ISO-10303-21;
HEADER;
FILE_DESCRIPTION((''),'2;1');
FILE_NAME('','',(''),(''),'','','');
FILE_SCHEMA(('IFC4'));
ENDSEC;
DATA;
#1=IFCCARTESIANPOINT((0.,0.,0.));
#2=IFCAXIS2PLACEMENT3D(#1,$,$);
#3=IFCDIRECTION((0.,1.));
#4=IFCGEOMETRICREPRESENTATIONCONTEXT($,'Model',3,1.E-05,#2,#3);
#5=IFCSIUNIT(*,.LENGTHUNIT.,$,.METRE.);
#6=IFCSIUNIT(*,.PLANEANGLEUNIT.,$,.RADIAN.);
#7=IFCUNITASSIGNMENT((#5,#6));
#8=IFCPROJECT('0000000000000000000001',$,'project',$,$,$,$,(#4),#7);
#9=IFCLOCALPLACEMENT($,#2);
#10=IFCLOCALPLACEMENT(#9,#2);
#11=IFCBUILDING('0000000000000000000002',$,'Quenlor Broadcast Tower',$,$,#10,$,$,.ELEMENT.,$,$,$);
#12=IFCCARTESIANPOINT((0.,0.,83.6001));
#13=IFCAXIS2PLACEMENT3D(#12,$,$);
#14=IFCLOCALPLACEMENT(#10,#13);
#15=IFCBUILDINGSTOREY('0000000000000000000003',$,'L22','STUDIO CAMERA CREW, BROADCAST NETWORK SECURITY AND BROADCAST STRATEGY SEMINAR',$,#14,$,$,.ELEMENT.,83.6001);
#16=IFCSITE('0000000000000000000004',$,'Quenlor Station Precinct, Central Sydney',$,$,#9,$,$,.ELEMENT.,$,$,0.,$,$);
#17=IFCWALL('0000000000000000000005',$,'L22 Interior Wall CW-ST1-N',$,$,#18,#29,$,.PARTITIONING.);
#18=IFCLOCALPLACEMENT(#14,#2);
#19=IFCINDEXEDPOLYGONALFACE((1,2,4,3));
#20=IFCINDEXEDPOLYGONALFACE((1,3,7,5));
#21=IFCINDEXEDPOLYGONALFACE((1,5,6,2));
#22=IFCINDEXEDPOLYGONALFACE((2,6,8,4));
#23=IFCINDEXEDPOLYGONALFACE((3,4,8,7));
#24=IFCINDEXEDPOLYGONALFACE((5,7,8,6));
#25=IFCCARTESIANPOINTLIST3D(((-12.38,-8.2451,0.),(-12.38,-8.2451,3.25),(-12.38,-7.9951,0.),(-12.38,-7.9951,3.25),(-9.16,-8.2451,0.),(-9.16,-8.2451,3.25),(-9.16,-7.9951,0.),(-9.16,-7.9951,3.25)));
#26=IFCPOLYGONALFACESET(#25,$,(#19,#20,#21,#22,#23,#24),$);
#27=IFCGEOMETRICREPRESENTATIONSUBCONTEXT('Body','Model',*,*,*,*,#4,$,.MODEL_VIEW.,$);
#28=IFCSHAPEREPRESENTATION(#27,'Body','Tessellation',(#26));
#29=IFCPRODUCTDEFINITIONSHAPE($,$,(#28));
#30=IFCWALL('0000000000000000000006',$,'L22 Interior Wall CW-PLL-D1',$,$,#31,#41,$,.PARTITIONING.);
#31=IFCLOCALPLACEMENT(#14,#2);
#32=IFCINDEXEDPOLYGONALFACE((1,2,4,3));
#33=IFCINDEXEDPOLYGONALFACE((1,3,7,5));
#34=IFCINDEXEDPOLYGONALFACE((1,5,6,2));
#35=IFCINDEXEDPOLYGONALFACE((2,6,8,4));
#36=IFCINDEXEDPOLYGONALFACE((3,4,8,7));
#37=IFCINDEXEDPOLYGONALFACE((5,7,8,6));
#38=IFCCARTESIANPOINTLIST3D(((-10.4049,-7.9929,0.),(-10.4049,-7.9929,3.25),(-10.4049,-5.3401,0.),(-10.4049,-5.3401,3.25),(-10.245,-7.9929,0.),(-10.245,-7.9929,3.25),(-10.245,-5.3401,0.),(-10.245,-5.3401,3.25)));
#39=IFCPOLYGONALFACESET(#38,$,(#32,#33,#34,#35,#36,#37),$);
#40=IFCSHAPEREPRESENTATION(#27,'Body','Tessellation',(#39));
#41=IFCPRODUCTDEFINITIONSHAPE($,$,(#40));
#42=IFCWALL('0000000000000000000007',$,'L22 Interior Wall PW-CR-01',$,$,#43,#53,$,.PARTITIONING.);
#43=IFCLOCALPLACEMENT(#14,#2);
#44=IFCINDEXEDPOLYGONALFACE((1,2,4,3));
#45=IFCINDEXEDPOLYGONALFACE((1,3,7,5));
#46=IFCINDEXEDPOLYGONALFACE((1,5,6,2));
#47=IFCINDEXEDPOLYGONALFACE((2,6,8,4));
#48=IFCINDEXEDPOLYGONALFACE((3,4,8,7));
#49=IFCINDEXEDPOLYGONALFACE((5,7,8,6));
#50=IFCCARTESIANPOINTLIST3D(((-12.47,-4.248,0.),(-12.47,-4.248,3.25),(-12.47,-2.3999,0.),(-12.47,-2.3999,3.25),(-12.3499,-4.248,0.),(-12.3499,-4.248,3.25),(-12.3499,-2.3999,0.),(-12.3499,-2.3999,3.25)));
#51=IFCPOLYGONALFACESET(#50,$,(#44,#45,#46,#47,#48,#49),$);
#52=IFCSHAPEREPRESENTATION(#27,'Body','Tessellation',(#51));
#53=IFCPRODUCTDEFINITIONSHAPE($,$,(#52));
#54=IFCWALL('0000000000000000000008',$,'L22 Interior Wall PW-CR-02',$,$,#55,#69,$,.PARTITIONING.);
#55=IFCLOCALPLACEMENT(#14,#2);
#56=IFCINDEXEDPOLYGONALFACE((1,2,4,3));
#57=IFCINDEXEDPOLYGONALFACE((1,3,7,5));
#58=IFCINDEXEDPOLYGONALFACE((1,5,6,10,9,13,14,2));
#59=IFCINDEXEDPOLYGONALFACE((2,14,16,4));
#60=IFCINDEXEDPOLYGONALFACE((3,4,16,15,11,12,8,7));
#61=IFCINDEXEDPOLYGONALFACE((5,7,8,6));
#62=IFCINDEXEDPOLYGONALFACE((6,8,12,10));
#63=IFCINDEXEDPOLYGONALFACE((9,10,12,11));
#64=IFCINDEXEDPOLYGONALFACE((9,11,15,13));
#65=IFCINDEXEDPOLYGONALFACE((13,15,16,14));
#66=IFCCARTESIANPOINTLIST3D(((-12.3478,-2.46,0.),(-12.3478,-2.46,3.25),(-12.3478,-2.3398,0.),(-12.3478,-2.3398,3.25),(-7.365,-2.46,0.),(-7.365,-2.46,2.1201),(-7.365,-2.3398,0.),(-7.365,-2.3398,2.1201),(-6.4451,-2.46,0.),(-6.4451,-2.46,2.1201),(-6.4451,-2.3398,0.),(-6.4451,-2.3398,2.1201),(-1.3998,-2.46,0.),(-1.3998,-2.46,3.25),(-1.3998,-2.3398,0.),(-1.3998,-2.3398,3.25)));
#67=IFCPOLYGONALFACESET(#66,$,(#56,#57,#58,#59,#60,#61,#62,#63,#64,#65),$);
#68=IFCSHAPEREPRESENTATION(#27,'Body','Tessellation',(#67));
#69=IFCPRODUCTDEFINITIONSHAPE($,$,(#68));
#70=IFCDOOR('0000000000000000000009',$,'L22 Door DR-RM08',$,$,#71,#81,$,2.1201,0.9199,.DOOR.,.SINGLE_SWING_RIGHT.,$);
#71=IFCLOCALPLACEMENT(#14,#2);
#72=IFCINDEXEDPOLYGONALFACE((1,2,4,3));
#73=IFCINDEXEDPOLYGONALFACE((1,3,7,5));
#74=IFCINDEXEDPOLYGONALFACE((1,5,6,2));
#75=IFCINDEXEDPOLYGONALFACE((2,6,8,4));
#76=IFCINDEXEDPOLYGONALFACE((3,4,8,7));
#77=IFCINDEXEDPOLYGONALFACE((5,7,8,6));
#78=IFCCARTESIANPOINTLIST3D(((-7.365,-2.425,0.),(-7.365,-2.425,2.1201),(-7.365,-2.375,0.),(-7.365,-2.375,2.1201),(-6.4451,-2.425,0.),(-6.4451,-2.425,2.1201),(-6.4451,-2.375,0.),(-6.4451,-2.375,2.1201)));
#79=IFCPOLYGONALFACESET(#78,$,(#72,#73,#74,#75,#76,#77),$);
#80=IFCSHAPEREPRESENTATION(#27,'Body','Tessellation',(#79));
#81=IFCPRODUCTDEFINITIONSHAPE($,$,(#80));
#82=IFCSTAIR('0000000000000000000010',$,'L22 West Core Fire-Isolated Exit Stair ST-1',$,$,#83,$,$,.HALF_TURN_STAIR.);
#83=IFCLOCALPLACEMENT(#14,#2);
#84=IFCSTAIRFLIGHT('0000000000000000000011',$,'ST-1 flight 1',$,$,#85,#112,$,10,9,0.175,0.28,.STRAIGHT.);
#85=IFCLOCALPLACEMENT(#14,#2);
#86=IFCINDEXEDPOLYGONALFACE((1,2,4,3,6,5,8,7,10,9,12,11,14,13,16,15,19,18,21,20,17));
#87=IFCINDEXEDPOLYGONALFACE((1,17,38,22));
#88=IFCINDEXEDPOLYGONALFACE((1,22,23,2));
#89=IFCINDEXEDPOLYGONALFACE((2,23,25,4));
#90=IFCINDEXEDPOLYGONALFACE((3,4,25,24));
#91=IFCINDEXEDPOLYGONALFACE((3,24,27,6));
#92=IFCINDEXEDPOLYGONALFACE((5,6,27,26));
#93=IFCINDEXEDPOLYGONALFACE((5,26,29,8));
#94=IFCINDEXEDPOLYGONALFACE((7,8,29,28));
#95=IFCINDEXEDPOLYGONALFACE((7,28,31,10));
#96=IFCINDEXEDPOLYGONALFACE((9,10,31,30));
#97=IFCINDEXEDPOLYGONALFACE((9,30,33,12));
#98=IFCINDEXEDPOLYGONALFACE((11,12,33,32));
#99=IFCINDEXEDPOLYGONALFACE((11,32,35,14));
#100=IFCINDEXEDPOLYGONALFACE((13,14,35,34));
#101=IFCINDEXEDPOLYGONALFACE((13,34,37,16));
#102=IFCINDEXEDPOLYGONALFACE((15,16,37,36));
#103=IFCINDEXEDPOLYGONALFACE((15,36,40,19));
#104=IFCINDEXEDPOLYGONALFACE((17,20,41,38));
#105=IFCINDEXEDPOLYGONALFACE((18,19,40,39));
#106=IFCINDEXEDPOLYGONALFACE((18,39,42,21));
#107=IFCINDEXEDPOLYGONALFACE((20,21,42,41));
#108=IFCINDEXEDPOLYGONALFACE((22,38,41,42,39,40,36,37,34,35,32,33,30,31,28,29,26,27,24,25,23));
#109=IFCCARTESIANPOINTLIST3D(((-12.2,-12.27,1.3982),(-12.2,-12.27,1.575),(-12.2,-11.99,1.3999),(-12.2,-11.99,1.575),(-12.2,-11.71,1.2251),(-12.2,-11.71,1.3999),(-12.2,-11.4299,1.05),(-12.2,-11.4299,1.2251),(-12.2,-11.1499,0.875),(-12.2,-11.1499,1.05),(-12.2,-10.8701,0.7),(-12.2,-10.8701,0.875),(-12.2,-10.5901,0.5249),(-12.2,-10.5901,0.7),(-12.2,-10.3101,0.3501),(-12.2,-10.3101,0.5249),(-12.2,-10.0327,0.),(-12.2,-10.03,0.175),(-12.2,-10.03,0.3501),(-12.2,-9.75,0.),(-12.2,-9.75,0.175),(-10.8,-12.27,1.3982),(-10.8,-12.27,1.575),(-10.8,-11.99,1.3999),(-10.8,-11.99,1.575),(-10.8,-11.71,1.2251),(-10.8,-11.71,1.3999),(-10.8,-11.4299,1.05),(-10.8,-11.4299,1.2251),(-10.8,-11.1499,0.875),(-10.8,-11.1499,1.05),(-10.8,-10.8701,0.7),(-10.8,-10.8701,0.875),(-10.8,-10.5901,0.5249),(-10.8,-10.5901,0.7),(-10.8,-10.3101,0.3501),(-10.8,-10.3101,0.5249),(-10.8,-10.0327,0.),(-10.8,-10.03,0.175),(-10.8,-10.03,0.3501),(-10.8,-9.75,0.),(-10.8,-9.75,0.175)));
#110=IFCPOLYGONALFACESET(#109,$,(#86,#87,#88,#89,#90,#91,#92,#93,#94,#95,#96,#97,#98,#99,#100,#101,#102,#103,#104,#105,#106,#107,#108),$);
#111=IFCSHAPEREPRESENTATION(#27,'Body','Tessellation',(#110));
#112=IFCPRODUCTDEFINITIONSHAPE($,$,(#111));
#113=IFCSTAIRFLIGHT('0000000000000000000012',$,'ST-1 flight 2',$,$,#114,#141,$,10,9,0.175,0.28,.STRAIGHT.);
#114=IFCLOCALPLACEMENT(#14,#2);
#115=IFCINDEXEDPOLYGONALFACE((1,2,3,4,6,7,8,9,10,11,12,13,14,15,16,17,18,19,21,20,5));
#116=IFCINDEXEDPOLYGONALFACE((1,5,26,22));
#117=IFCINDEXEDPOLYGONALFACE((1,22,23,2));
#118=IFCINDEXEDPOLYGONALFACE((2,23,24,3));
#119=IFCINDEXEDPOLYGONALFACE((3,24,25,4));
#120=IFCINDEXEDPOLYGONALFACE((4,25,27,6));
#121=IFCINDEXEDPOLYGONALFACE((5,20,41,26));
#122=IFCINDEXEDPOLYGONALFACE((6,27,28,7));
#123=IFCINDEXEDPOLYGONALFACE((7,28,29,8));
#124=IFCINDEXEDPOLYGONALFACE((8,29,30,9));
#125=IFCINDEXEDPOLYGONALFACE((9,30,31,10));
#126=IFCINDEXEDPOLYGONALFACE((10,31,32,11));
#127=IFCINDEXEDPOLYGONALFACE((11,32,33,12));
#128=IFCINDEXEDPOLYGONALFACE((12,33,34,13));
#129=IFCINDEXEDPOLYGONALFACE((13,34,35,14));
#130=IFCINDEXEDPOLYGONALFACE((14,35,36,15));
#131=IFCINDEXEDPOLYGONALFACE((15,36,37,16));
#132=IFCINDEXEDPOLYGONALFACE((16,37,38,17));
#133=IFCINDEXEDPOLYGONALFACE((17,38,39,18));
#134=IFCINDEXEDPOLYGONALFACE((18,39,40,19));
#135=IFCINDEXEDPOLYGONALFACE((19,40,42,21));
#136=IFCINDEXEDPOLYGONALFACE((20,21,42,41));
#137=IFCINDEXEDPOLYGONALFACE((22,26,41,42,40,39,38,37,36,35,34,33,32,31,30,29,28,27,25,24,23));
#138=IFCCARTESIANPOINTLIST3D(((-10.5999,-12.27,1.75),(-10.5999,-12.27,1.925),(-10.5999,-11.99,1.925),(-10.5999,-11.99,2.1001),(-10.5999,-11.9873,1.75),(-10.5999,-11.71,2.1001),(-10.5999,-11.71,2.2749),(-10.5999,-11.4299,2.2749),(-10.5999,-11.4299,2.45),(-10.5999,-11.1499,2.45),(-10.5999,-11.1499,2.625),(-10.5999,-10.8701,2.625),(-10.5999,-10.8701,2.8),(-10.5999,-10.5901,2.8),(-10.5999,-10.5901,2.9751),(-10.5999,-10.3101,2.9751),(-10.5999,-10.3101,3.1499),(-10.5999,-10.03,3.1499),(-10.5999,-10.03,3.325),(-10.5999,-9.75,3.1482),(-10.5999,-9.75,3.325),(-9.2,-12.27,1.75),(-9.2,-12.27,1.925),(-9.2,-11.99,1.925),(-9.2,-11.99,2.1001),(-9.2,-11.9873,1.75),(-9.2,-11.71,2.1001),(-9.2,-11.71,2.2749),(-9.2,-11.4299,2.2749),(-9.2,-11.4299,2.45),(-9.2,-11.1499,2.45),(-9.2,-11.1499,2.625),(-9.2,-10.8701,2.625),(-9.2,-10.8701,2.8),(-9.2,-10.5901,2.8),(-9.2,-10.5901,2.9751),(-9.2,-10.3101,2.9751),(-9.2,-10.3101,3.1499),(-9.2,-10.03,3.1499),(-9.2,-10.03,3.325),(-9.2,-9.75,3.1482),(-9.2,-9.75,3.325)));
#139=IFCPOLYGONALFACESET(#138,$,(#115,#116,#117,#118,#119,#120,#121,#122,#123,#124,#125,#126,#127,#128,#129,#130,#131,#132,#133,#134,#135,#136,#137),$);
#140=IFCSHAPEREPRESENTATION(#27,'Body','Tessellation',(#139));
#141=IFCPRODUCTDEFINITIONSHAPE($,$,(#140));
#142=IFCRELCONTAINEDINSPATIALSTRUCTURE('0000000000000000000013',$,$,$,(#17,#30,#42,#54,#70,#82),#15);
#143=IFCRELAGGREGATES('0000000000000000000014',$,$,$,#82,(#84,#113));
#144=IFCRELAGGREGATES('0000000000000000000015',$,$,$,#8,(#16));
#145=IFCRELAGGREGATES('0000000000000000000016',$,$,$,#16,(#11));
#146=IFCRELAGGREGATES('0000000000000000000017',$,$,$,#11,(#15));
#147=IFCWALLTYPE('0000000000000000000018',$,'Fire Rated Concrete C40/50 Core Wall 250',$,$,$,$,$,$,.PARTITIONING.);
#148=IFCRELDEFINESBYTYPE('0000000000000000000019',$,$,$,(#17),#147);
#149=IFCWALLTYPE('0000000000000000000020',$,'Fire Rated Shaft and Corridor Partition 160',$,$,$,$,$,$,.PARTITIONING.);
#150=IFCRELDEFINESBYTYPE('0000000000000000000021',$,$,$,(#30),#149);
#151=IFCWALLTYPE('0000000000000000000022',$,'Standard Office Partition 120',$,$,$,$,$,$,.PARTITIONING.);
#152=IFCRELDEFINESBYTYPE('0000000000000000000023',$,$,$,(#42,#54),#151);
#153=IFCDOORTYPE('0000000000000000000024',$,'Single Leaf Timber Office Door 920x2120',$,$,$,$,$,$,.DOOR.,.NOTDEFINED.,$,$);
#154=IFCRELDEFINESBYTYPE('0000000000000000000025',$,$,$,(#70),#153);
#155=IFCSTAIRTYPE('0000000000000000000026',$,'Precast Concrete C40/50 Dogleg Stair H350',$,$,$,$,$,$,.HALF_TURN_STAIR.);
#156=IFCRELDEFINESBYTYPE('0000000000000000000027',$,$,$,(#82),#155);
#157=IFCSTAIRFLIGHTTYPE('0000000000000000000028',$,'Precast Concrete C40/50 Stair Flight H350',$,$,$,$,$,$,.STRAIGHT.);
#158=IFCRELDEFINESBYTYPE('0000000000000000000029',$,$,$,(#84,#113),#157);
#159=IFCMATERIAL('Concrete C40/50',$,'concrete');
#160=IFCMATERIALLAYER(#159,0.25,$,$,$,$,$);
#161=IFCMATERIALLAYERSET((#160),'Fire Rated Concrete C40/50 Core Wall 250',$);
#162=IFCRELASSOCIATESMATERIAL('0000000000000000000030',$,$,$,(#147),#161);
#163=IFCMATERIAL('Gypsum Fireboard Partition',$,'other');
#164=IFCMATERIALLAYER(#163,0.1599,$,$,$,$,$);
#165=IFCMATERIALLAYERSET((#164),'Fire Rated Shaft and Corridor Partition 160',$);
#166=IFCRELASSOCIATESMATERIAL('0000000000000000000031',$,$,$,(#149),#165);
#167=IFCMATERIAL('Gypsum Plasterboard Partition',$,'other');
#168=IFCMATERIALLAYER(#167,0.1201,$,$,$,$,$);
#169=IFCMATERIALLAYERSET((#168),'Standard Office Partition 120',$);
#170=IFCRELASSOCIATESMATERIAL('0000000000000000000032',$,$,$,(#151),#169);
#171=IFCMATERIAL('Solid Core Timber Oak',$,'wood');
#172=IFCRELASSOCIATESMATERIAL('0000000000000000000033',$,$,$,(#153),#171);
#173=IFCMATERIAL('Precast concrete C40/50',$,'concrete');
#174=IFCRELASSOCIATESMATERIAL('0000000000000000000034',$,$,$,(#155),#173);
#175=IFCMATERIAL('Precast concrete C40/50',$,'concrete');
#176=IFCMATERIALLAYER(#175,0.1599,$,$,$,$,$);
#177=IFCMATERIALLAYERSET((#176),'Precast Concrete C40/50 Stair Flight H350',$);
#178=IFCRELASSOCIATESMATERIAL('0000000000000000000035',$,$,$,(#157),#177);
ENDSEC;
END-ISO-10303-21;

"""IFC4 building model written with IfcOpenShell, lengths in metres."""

from ifc_helpers import new_model, si_unit, direction, frame, frame_2d, origin, place, context, subcontext, project, spatial, polyline, rectangle, outline, extrude, material, layer, layer_set, type_object, element, fill, aggregate, save


model = new_model("IFC4")

# Units and contexts
model_context = context("Model", 3, precision=1e-05, world=origin(), true_north=direction((0.0, 1.0)))
body_context = subcontext(model_context, "Body", "Model", "MODEL_VIEW")
ifc_project = project(units=[si_unit("LENGTHUNIT", "METRE"), si_unit("PLANEANGLEUNIT", "RADIAN")], contexts=[model_context])

# Site, building, storey
site_placement = place(None, origin())
site = spatial("IfcSite", under=ifc_project, at=site_placement, Name="Quenlor Station Precinct, Central Sydney", CompositionType="ELEMENT", RefElevation=0.0)
building_placement = place(site_placement, origin())
building = spatial("IfcBuilding", under=site, at=building_placement, Name="Quenlor Broadcast Tower", CompositionType="ELEMENT")
storey_placement = place(building_placement, frame((0.0, 0.0, 83.6001)))
storey = spatial("IfcBuildingStorey", under=building, at=storey_placement, Name="L22", Description="STUDIO CAMERA CREW, BROADCAST NETWORK SECURITY AND BROADCAST STRATEGY SEMINAR", CompositionType="ELEMENT", Elevation=83.6001)

# Shared definitions
ifc_material_1 = material(Name="Concrete C40/50", Category="concrete")
ifc_layer_1 = layer(ifc_material_1, 0.25)
ifc_layer_set_1 = layer_set([ifc_layer_1], Name="Fire Rated Concrete C40/50 Core Wall 250")
wall_type_1 = type_object("IfcWallType", Name="Fire Rated Concrete C40/50 Core Wall 250", PredefinedType="PARTITIONING", material=ifc_layer_set_1)

# Wall
wall_1_placement = place(storey_placement, frame((-12.3799, -8.1201, 0.0), z_axis=(0.0, 0.0, 1.0), x_axis=(1.0, 0.0, 0.0)))
element("IfcWall", 1, at=wall_1_placement, inside=storey, type_object=wall_type_1, Name="L22 Interior Wall CW-ST1-N", PredefinedType="PARTITIONING", context=body_context, shape_type="SweptSolid", body=[
    extrude(rectangle(XDim=3.22, YDim=0.25, at=frame_2d((1.6099, 0.0))), origin(), (0.0, 0.0, 1.0), 3.25),
])

# Walls
ifc_material_2 = material(Name="Gypsum Fireboard Partition", Category="other")
ifc_layer_2 = layer(ifc_material_2, 0.1599)
ifc_layer_set_2 = layer_set([ifc_layer_2], Name="Fire Rated Shaft and Corridor Partition 160")
wall_type_2 = type_object("IfcWallType", Name="Fire Rated Shaft and Corridor Partition 160", PredefinedType="PARTITIONING", material=ifc_layer_set_2)
wall_2_placement = place(storey_placement, frame((-10.325, -7.9929, 0.0), z_axis=(0.0, 0.0, 1.0), x_axis=(0.0, 1.0, 0.0)))
element("IfcWall", 2, at=wall_2_placement, inside=storey, type_object=wall_type_2, Name="L22 Interior Wall CW-PLL-D1", PredefinedType="PARTITIONING", context=body_context, shape_type="SweptSolid", body=[
    extrude(rectangle(XDim=2.6528, YDim=0.1599, at=frame_2d((1.3264, 0.0))), origin(), (0.0, 0.0, 1.0), 3.25),
])
ifc_material_3 = material(Name="Gypsum Plasterboard Partition", Category="other")
ifc_layer_3 = layer(ifc_material_3, 0.1201)
ifc_layer_set_3 = layer_set([ifc_layer_3], Name="Standard Office Partition 120")
wall_type_3 = type_object("IfcWallType", Name="Standard Office Partition 120", PredefinedType="PARTITIONING", material=ifc_layer_set_3)
wall_3_placement = place(storey_placement, frame((-12.4099, -4.248, 0.0), z_axis=(0.0, 0.0, 1.0), x_axis=(0.0, 1.0, 0.0)))
element("IfcWall", 3, at=wall_3_placement, inside=storey, type_object=wall_type_3, Name="L22 Interior Wall PW-CR-01", PredefinedType="PARTITIONING", context=body_context, shape_type="SweptSolid", body=[
    extrude(rectangle(XDim=1.8481, YDim=0.1201, at=frame_2d((0.9241, 0.0))), origin(), (0.0, 0.0, 1.0), 3.25),
])

# Wall, opening, door
wall_4_placement = place(storey_placement, frame((-12.3479, -2.3999, 0.0), z_axis=(0.0, 0.0, 1.0), x_axis=(1.0, 0.0, 0.0)))
wall_4 = element("IfcWall", 4, at=wall_4_placement, inside=storey, type_object=wall_type_3, Name="L22 Interior Wall PW-CR-02", PredefinedType="PARTITIONING", context=body_context, shape_type="SweptSolid", body=[
    extrude(rectangle(XDim=10.948, YDim=0.1201, at=frame_2d((5.4741, 0.0))), origin(), (0.0, 0.0, 1.0), 3.25),
])
opening_1_placement = place(wall_4_placement, frame((4.9829, 0.0, 0.0)))
opening_1 = element("IfcOpeningElement", 5, at=opening_1_placement, cuts=wall_4, PredefinedType="OPENING", context=body_context, shape_type="SweptSolid", body=[
    extrude(rectangle(XDim=0.9199, YDim=2.1201, at=frame_2d((0.46, 1.0601))), frame((0.0, 0.0701, 0.0), z_axis=(0.0, -1.0, 0.0), x_axis=(1.0, 0.0, 0.0)), (0.0, 0.0, 1.0), 0.1401),
])
ifc_material_4 = material(Name="Solid Core Timber Oak", Category="wood")
door_type_1 = type_object("IfcDoorType", Name="Single Leaf Timber Office Door 920x2120", OperationType="NOTDEFINED", PredefinedType="DOOR", material=ifc_material_4)
door_1_placement = place(opening_1_placement, origin())
door_1 = element("IfcDoor", 6, at=door_1_placement, inside=storey, type_object=door_type_1, Name="L22 Door DR-RM08", OperationType="SINGLE_SWING_RIGHT", OverallHeight=2.1201, OverallWidth=0.9199, PredefinedType="DOOR", context=body_context, shape_type="SweptSolid", body=[
    extrude(rectangle(XDim=0.9199, YDim=2.1201, at=frame_2d((0.46, 1.0601))), frame((0.0, 0.0249, 0.0), z_axis=(0.0, -1.0, 0.0), x_axis=(1.0, 0.0, 0.0)), (0.0, 0.0, 1.0), 0.05),
])
fill(opening_1, door_1)

# Stair, stair flights
ifc_material_5 = material(Name="Precast concrete C40/50", Category="concrete")
stair_type = type_object("IfcStairType", Name="Precast Concrete C40/50 Dogleg Stair H350", PredefinedType="HALF_TURN_STAIR", material=ifc_material_5)
stair_placement = place(storey_placement, origin())
stair = element("IfcStair", 7, at=stair_placement, inside=storey, type_object=stair_type, Name="L22 West Core Fire-Isolated Exit Stair ST-1", PredefinedType="HALF_TURN_STAIR")
ifc_material_6 = material(Name="Precast concrete C40/50", Category="concrete")
ifc_layer_4 = layer(ifc_material_6, 0.1599)
ifc_layer_set_4 = layer_set([ifc_layer_4], Name="Precast Concrete C40/50 Stair Flight H350")
stair_flight_type = type_object("IfcStairFlightType", Name="Precast Concrete C40/50 Stair Flight H350", PredefinedType="STRAIGHT", material=ifc_layer_set_4)
stair_flight_1_placement = place(storey_placement, frame((-11.5, -9.75, 0.0), z_axis=(0.0, 0.0, 1.0), x_axis=(0.0, -1.0, 0.0)))
stair_flight_1 = element("IfcStairFlight", 8, at=stair_flight_1_placement, type_object=stair_flight_type, Name="ST-1 flight 1", NumberOfRisers=10, NumberOfTreads=9, PredefinedType="STRAIGHT", RiserHeight=0.175, TreadLength=0.28, context=body_context, shape_type="SweptSolid", body=[
    extrude(outline(polyline([(0.0, 0.0), (0.0, 0.175), (0.28, 0.175), (0.28, 0.3501), (0.5601, 0.3501), (0.5601, 0.5249), (0.8401, 0.5249), (0.8401, 0.7), (1.1201, 0.7), (1.1201, 0.875), (1.3999, 0.875), (1.3999, 1.05), (1.6799, 1.05), (1.6799, 1.2251), (1.96, 1.2251), (1.96, 1.3999), (2.24, 1.3999), (2.24, 1.575), (2.52, 1.575), (2.52, 1.75), (2.52, 1.3982), (0.2827, 0.0), (0.0, 0.0)])), frame((0.0, 0.7, 0.0), z_axis=(0.0, -1.0, 0.0), x_axis=(1.0, 0.0, 0.0)), (0.0, 0.0, 1.0), 1.3999),
])
stair_flight_2_placement = place(storey_placement, frame((-9.8999, -12.27, 1.75), z_axis=(0.0, 0.0, 1.0), x_axis=(0.0, 1.0, 0.0)))
stair_flight_2 = element("IfcStairFlight", 9, at=stair_flight_2_placement, type_object=stair_flight_type, Name="ST-1 flight 2", NumberOfRisers=10, NumberOfTreads=9, PredefinedType="STRAIGHT", RiserHeight=0.175, TreadLength=0.28, context=body_context, shape_type="SweptSolid", body=[
    extrude(outline(polyline([(0.0, 0.0), (0.0, 0.175), (0.28, 0.175), (0.28, 0.3501), (0.5601, 0.3501), (0.5601, 0.5249), (0.8401, 0.5249), (0.8401, 0.7), (1.1201, 0.7), (1.1201, 0.875), (1.3999, 0.875), (1.3999, 1.05), (1.6799, 1.05), (1.6799, 1.2251), (1.96, 1.2251), (1.96, 1.3999), (2.24, 1.3999), (2.24, 1.575), (2.52, 1.575), (2.52, 1.75), (2.52, 1.3982), (0.2827, 0.0), (0.0, 0.0)])), frame((0.0, 0.7, 0.0), z_axis=(0.0, -1.0, 0.0), x_axis=(1.0, 0.0, 0.0)), (0.0, 0.0, 1.0), 1.3999),
])
aggregate(stair, [stair_flight_1, stair_flight_2])

save(model, "model.ifc")
